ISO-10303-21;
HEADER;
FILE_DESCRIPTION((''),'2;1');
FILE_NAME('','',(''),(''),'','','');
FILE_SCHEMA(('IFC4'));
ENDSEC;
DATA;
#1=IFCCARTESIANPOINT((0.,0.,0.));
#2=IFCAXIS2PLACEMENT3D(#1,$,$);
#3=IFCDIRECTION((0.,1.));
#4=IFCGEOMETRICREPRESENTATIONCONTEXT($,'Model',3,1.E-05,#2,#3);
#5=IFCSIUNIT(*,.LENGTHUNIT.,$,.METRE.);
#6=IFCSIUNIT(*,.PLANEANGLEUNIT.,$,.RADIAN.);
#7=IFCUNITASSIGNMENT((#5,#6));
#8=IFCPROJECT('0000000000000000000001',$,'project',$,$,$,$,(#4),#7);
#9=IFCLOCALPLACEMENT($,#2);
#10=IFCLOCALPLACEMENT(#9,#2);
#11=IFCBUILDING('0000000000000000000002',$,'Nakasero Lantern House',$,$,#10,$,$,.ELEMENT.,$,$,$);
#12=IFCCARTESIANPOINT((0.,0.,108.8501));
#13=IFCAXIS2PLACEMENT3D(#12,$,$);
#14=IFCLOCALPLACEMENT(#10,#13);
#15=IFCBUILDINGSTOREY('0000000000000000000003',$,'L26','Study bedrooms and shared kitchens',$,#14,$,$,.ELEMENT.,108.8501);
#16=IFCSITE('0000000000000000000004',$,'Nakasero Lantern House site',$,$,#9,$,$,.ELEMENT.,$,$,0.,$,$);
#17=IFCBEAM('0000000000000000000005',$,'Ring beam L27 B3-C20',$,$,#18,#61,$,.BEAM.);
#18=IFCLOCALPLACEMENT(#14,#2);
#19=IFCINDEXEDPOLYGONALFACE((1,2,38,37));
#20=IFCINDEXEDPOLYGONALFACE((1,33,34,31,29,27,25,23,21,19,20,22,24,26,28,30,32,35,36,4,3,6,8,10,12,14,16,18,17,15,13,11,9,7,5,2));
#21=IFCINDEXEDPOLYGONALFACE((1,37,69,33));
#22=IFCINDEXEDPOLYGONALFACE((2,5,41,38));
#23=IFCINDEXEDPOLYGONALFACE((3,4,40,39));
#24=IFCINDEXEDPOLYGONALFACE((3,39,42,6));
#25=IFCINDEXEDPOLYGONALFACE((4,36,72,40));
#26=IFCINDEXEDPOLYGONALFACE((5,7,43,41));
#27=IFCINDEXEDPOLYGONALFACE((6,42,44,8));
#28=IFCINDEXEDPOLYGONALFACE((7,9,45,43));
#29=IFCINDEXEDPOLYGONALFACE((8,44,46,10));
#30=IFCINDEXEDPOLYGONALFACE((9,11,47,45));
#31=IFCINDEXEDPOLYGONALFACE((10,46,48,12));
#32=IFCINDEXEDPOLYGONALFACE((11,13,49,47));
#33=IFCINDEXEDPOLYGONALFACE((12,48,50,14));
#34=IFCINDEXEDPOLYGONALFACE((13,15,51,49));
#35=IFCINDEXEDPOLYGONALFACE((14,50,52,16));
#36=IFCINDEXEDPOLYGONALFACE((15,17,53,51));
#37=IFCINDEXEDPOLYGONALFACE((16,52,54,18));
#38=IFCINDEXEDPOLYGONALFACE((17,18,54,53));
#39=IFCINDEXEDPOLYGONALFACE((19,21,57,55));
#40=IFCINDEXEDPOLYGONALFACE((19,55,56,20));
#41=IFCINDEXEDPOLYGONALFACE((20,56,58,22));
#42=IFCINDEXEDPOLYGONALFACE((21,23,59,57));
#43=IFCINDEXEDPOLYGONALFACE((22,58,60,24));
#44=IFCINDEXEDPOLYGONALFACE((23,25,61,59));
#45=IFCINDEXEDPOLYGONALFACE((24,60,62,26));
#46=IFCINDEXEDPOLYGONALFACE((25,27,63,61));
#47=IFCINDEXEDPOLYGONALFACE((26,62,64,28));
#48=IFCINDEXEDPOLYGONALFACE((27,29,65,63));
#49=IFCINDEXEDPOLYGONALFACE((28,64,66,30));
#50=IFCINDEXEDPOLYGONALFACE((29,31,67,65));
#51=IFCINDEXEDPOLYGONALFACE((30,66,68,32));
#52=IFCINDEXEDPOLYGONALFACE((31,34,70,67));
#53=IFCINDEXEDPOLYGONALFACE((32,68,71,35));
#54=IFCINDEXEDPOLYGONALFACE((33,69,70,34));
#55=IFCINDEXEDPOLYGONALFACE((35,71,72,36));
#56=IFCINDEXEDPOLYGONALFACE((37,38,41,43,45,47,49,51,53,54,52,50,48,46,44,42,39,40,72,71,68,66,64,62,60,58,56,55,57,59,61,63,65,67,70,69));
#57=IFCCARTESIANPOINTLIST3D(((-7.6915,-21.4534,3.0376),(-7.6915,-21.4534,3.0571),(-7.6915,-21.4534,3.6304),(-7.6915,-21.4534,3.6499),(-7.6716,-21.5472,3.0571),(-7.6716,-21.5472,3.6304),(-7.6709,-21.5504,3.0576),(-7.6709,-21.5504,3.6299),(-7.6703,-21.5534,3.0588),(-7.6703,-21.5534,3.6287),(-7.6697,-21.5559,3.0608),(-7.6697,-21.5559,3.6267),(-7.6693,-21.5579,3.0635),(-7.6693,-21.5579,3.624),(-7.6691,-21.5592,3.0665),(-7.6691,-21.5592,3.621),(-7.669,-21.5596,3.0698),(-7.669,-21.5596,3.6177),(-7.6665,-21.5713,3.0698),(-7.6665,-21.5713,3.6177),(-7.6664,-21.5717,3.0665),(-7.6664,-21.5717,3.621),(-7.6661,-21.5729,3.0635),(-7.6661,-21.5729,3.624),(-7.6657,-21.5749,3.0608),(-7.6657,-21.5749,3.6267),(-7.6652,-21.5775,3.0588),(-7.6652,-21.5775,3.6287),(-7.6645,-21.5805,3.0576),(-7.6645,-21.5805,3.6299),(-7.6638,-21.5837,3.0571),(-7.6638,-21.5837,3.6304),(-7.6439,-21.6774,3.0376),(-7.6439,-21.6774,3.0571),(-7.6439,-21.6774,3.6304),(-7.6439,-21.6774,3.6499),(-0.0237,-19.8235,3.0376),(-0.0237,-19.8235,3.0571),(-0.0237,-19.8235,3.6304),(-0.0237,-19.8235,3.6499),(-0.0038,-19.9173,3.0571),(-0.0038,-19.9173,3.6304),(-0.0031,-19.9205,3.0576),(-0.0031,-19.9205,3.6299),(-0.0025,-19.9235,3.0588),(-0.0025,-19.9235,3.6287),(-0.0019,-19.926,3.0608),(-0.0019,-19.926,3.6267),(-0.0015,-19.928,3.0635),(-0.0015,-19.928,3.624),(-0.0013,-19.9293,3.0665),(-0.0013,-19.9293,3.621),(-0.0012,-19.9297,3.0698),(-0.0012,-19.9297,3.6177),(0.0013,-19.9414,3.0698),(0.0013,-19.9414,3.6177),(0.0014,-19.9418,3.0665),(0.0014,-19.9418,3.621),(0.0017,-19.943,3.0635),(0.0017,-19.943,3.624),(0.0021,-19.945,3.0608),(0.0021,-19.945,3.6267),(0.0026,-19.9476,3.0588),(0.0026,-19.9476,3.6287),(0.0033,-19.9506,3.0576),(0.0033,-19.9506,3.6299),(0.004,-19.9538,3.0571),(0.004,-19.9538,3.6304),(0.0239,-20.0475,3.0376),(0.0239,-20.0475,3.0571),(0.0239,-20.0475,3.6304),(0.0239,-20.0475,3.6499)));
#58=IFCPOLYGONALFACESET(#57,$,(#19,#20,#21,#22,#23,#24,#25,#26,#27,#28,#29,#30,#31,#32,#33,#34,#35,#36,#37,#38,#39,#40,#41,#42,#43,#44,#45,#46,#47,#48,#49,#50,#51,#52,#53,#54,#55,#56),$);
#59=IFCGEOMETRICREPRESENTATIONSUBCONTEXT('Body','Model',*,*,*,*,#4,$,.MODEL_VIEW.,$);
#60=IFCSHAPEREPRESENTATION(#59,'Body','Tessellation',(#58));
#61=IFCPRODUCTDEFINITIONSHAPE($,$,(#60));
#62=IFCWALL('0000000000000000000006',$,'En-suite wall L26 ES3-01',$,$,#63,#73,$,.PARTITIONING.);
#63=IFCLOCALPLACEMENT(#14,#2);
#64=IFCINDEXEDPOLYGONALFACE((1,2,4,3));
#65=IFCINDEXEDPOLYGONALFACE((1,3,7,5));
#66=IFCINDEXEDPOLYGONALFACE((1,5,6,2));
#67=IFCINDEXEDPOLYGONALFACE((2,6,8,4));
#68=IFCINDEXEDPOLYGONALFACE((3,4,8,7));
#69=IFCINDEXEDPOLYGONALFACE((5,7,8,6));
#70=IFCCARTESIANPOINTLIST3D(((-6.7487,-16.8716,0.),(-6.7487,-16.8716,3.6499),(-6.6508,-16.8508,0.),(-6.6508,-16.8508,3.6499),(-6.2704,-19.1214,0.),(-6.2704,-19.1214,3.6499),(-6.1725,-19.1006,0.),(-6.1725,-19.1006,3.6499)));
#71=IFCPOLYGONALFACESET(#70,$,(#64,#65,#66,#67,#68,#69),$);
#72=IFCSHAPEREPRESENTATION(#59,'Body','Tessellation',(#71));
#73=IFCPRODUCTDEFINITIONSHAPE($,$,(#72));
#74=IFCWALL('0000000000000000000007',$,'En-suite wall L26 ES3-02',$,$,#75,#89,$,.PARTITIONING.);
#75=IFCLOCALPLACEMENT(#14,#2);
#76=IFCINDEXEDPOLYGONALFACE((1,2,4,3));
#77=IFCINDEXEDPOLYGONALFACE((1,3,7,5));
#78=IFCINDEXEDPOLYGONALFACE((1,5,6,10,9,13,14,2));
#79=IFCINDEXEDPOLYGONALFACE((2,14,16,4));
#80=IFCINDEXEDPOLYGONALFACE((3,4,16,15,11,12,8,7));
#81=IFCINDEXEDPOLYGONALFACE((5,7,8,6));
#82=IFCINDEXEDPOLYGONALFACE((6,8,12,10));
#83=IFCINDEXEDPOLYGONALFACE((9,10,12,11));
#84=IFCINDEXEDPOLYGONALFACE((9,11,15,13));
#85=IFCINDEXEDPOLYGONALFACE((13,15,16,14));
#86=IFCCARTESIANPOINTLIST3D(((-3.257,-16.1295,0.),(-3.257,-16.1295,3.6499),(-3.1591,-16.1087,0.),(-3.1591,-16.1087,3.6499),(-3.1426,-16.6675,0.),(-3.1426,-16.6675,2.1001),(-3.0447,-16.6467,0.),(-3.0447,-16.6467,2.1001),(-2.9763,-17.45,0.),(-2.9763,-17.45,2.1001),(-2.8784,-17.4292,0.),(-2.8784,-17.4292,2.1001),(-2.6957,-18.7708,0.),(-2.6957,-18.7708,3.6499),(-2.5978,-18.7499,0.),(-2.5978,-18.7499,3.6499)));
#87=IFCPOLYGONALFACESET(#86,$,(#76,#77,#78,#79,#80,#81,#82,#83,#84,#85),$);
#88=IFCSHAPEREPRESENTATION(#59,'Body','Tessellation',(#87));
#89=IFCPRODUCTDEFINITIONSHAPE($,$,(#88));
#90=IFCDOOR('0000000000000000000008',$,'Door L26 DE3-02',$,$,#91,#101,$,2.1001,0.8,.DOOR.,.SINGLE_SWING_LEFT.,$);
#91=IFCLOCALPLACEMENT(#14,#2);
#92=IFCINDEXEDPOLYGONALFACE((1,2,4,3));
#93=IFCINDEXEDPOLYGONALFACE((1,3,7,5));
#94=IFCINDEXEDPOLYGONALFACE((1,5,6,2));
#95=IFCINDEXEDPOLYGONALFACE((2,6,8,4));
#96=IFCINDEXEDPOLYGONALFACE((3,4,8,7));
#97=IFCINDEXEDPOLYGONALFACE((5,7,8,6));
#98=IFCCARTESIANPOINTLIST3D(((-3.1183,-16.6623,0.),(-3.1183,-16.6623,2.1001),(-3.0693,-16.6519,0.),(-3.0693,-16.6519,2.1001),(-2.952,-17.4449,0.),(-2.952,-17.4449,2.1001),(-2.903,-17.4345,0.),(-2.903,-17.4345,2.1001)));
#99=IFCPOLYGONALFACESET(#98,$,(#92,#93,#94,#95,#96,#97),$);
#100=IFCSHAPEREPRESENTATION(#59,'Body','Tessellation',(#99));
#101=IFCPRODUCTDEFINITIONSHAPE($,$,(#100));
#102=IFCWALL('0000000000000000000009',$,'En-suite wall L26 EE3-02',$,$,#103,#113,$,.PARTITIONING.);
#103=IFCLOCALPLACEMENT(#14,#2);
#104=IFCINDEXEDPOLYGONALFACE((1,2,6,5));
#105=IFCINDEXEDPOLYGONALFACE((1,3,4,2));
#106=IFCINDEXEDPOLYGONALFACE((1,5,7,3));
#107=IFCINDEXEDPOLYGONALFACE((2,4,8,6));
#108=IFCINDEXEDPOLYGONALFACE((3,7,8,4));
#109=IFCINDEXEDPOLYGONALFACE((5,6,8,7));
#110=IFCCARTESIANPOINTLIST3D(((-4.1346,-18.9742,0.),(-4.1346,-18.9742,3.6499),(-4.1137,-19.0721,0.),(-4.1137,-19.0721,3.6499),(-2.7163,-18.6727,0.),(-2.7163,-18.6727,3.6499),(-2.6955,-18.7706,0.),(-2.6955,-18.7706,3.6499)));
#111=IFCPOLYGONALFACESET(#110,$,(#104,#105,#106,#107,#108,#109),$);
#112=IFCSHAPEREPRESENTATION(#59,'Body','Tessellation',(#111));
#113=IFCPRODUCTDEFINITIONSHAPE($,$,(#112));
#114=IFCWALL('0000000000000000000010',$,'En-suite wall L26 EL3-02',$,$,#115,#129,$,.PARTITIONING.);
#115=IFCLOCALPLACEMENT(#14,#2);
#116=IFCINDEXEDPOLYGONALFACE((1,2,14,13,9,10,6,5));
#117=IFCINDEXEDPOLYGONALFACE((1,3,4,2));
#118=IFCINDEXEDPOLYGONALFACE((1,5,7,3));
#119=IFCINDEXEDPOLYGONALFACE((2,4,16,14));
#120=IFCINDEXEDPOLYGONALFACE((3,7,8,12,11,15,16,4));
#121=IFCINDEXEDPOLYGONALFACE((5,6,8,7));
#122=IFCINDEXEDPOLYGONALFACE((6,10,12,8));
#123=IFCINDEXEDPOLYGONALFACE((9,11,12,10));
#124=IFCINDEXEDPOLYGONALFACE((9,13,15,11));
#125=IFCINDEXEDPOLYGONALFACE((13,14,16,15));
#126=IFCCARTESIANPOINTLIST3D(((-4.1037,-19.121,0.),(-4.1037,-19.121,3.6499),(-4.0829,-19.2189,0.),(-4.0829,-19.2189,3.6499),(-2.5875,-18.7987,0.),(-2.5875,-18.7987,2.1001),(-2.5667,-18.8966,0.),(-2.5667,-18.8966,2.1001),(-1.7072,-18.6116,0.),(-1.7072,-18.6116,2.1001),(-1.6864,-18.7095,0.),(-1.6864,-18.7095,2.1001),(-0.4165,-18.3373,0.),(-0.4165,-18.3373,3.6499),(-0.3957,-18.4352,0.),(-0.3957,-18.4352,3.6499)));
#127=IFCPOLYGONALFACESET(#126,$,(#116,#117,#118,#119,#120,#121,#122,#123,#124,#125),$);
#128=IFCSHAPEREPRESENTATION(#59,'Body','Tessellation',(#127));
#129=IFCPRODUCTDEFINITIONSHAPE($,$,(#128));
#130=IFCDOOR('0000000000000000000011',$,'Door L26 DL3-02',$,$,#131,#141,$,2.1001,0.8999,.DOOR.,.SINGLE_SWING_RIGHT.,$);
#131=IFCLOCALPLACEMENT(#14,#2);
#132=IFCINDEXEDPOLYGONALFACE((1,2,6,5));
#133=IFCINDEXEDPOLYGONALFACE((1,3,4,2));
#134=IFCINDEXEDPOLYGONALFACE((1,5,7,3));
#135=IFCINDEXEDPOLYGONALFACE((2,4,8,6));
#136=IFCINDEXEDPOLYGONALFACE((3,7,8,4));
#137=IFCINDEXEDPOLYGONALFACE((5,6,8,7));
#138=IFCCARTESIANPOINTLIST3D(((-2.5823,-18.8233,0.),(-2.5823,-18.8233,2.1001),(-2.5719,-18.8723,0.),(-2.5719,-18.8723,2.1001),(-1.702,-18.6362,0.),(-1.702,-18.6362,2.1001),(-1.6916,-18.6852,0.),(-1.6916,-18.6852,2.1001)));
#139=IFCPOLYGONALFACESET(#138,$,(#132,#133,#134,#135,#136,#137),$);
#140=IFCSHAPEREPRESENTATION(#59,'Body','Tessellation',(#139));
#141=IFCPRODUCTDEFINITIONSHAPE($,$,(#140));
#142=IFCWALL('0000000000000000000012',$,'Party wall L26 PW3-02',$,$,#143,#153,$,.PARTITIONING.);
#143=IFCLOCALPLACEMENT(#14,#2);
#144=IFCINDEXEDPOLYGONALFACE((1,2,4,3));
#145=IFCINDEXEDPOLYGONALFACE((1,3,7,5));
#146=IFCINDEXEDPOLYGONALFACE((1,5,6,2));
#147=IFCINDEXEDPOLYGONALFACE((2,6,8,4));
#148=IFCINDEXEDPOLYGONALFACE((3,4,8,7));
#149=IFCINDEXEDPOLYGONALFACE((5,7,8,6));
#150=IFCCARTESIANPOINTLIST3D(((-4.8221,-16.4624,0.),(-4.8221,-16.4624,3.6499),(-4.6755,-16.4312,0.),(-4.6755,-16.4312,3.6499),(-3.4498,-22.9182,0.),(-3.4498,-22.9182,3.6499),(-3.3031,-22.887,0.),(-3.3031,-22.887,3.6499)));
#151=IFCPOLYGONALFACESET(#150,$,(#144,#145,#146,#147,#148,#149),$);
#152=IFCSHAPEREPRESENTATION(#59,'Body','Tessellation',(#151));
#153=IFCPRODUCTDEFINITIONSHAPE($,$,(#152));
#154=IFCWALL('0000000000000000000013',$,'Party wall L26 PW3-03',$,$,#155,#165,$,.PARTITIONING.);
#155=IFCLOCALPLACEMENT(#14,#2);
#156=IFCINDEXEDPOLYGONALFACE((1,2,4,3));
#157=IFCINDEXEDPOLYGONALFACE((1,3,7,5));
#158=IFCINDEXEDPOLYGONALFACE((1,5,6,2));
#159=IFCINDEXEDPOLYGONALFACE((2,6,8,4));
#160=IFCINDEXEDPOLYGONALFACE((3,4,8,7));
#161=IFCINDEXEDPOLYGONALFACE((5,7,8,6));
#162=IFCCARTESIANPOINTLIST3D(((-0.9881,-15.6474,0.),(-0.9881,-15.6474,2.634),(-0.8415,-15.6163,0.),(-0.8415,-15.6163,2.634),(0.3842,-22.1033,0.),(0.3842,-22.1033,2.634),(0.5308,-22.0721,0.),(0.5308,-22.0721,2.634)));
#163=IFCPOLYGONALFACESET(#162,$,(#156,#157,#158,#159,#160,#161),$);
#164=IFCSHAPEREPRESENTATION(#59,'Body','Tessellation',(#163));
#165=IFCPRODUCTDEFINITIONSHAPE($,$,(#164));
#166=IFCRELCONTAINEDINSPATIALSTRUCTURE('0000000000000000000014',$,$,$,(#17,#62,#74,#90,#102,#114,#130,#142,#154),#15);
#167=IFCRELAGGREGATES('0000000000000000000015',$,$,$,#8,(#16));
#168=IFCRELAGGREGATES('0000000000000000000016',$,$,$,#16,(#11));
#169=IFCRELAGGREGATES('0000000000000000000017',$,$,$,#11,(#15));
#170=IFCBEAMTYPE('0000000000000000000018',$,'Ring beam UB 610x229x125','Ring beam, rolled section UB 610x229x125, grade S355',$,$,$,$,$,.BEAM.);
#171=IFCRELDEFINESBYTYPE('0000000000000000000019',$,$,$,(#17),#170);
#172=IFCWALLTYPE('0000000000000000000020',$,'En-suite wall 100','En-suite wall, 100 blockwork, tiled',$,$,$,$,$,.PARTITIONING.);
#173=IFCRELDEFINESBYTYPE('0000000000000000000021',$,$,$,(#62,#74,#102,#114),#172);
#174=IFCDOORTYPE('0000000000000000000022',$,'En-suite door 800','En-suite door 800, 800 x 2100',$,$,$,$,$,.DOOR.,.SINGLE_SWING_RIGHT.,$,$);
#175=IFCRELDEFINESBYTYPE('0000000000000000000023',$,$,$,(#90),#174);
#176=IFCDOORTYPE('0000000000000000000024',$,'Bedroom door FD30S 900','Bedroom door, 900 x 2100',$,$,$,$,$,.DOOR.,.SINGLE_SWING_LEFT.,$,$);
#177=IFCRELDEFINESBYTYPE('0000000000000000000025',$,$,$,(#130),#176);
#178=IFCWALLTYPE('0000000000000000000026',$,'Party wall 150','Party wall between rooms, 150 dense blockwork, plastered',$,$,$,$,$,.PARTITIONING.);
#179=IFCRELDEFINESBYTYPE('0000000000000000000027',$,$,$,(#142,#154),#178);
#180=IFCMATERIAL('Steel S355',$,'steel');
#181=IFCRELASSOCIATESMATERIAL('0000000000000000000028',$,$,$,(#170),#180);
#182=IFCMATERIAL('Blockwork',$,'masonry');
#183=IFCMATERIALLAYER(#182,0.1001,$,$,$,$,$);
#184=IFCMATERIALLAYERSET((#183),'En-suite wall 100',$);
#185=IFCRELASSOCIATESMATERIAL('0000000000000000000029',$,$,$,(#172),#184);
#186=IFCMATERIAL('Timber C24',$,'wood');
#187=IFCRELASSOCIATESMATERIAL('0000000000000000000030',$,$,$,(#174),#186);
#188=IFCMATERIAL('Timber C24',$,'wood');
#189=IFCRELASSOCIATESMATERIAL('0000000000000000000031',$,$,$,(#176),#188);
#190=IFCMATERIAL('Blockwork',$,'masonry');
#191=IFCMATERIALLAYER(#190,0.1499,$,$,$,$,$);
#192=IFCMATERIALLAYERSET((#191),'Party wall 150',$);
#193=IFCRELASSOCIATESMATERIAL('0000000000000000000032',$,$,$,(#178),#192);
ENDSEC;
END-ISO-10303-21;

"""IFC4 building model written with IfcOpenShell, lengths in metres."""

from ifc_helpers import new_model, si_unit, direction, frame, frame_2d, origin, origin_2d, place, context, subcontext, project, spatial, rectangle, i_section, extrude, material, layer, layer_set, material_profile, profile_set, type_object, element, fill, save


model = new_model("IFC4")

# Units and contexts
model_context = context("Model", 3, precision=1e-05, world=origin(), true_north=direction((0.0, 1.0)))
body_context = subcontext(model_context, "Body", "Model", "MODEL_VIEW")
ifc_project = project(units=[si_unit("LENGTHUNIT", "METRE"), si_unit("PLANEANGLEUNIT", "RADIAN")], contexts=[model_context])

# Site, building, storey
site_placement = place(None, origin())
site = spatial("IfcSite", under=ifc_project, at=site_placement, Name="Nakasero Lantern House site", CompositionType="ELEMENT", RefElevation=0.0)
building_placement = place(site_placement, origin())
building = spatial("IfcBuilding", under=site, at=building_placement, Name="Nakasero Lantern House", CompositionType="ELEMENT")
storey_placement = place(building_placement, frame((0.0, 0.0, 108.8501)))
storey = spatial("IfcBuildingStorey", under=building, at=storey_placement, Name="L26", Description="Study bedrooms and shared kitchens", CompositionType="ELEMENT", Elevation=108.8501)

# Beam
ifc_material_1 = material(Name="Steel S355", Category="steel")
ifc_material_profile_1 = material_profile(ifc_material_1, i_section(OverallWidth=0.229, OverallDepth=0.6123, WebThickness=0.012, FlangeThickness=0.0195, FilletRadius=0.0127, at=origin_2d()), Name="UB 610x229x125")
ifc_profile_set_1 = profile_set([ifc_material_profile_1], Name="Steel S355")
beam_type_1 = type_object("IfcBeamType", Name="Ring beam UB 610x229x125", Description="Ring beam, rolled section UB 610x229x125, grade S355", PredefinedType="BEAM", material=ifc_profile_set_1)
beam_1_placement = place(storey_placement, frame((-7.6677, -21.5654, 3.3438), z_axis=(0.978146, 0.207919, 0.0), x_axis=(-0.207919, 0.978146, 0.0)))
element("IfcBeam", 1, at=beam_1_placement, inside=storey, type_object=beam_type_1, Name="Ring beam L27 B3-C20", PredefinedType="BEAM", context=body_context, shape_type="SweptSolid", body=[
    extrude(i_section(OverallWidth=0.229, OverallDepth=0.6123, WebThickness=0.012, FlangeThickness=0.0195, FilletRadius=0.0127, at=origin_2d()), origin(), (0.0, 0.0, 1.0), 7.8391),
])

# Wall
ifc_material_2 = material(Name="Blockwork", Category="masonry")
ifc_layer_1 = layer(ifc_material_2, 0.1001)
ifc_layer_set_1 = layer_set([ifc_layer_1], Name="En-suite wall 100")
wall_type_1 = type_object("IfcWallType", Name="En-suite wall 100", Description="En-suite wall, 100 blockwork, tiled", PredefinedType="PARTITIONING", material=ifc_layer_set_1)
wall_1_placement = place(storey_placement, frame((-6.6997, -16.8613, 0.0), z_axis=(0.0, 0.0, 1.0), x_axis=(0.207941, -0.978141, 0.0)))
element("IfcWall", 2, at=wall_1_placement, inside=storey, type_object=wall_type_1, Name="En-suite wall L26 ES3-01", PredefinedType="PARTITIONING", context=body_context, shape_type="SweptSolid", body=[
    extrude(rectangle(XDim=2.3, YDim=0.1001, at=frame_2d((1.1499, 0.0))), origin(), (0.0, 0.0, 1.0), 3.6499),
])

# Wall, opening, door
wall_2_placement = place(storey_placement, frame((-3.208, -16.1191, 0.0), z_axis=(0.0, 0.0, 1.0), x_axis=(0.207874, -0.978156, 0.0)))
wall_2 = element("IfcWall", 3, at=wall_2_placement, inside=storey, type_object=wall_type_1, Name="En-suite wall L26 ES3-02", PredefinedType="PARTITIONING", context=body_context, shape_type="SweptSolid", body=[
    extrude(rectangle(XDim=2.7002, YDim=0.1001, at=frame_2d((1.3501, 0.0))), origin(), (0.0, 0.0, 1.0), 3.6499),
])
opening_1_placement = place(wall_2_placement, frame((0.55, 0.0, 0.0)))
opening_1 = element("IfcOpeningElement", 4, at=opening_1_placement, cuts=wall_2, PredefinedType="OPENING", context=body_context, shape_type="SweptSolid", body=[
    extrude(rectangle(XDim=0.8, YDim=2.1001, at=frame_2d((0.3999, 1.05))), frame((0.0, 0.0701, 0.0), z_axis=(0.0, -1.0, 0.0), x_axis=(1.0, 0.0, 0.0)), (0.0, 0.0, 1.0), 0.1401),
])
ifc_material_3 = material(Name="Timber C24", Category="wood")
door_type_1 = type_object("IfcDoorType", Name="En-suite door 800", Description="En-suite door 800, 800 x 2100", OperationType="SINGLE_SWING_RIGHT", PredefinedType="DOOR", material=ifc_material_3)
door_1_placement = place(opening_1_placement, origin())
door_1 = element("IfcDoor", 5, at=door_1_placement, inside=storey, type_object=door_type_1, Name="Door L26 DE3-02", OperationType="SINGLE_SWING_LEFT", OverallHeight=2.1001, OverallWidth=0.8, PredefinedType="DOOR", context=body_context, shape_type="SweptSolid", body=[
    extrude(rectangle(XDim=0.8, YDim=2.1001, at=frame_2d((0.3999, 1.05))), frame((0.0, 0.0249, 0.0), z_axis=(0.0, -1.0, 0.0), x_axis=(1.0, 0.0, 0.0)), (0.0, 0.0, 1.0), 0.05),
])
fill(opening_1, door_1)

# Wall
wall_3_placement = place(storey_placement, frame((-4.1243, -19.0232, 0.0), z_axis=(0.0, 0.0, 1.0), x_axis=(0.978139, 0.207953, 0.0)))
element("IfcWall", 6, at=wall_3_placement, inside=storey, type_object=wall_type_1, Name="En-suite wall L26 EE3-02", PredefinedType="PARTITIONING", context=body_context, shape_type="SweptSolid", body=[
    extrude(rectangle(XDim=1.45, YDim=0.1001, at=frame_2d((0.7251, 0.0))), origin(), (0.0, 0.0, 1.0), 3.6499),
])

# Wall, opening, door
wall_4_placement = place(storey_placement, frame((-4.0933, -19.1699, 0.0), z_axis=(0.0, 0.0, 1.0), x_axis=(0.978151, 0.207897, 0.0)))
wall_4 = element("IfcWall", 7, at=wall_4_placement, inside=storey, type_object=wall_type_1, Name="En-suite wall L26 EL3-02", PredefinedType="PARTITIONING", context=body_context, shape_type="SweptSolid", body=[
    extrude(rectangle(XDim=3.7695, YDim=0.1001, at=frame_2d((1.8848, 0.0))), origin(), (0.0, 0.0, 1.0), 3.6499),
])
opening_2_placement = place(wall_4_placement, frame((1.55, 0.0, 0.0)))
opening_2 = element("IfcOpeningElement", 8, at=opening_2_placement, cuts=wall_4, PredefinedType="OPENING", context=body_context, shape_type="SweptSolid", body=[
    extrude(rectangle(XDim=0.8999, YDim=2.1001, at=frame_2d((0.45, 1.05))), frame((0.0, 0.0701, 0.0), z_axis=(0.0, -1.0, 0.0), x_axis=(1.0, 0.0, 0.0)), (0.0, 0.0, 1.0), 0.1401),
])
ifc_material_4 = material(Name="Timber C24", Category="wood")
door_type_2 = type_object("IfcDoorType", Name="Bedroom door FD30S 900", Description="Bedroom door, 900 x 2100", OperationType="SINGLE_SWING_LEFT", PredefinedType="DOOR", material=ifc_material_4)
door_2_placement = place(opening_2_placement, origin())
door_2 = element("IfcDoor", 9, at=door_2_placement, inside=storey, type_object=door_type_2, Name="Door L26 DL3-02", OperationType="SINGLE_SWING_RIGHT", OverallHeight=2.1001, OverallWidth=0.8999, PredefinedType="DOOR", context=body_context, shape_type="SweptSolid", body=[
    extrude(rectangle(XDim=0.8999, YDim=2.1001, at=frame_2d((0.45, 1.05))), frame((0.0, 0.0249, 0.0), z_axis=(0.0, -1.0, 0.0), x_axis=(1.0, 0.0, 0.0)), (0.0, 0.0, 1.0), 0.05),
])
fill(opening_2, door_2)

# Walls
ifc_material_5 = material(Name="Blockwork", Category="masonry")
ifc_layer_2 = layer(ifc_material_5, 0.1499)
ifc_layer_set_2 = layer_set([ifc_layer_2], Name="Party wall 150")
wall_type_2 = type_object("IfcWallType", Name="Party wall 150", Description="Party wall between rooms, 150 dense blockwork, plastered", PredefinedType="PARTITIONING", material=ifc_layer_set_2)
wall_5_placement = place(storey_placement, frame((-4.7488, -16.4468, 0.0), z_axis=(0.0, 0.0, 1.0), x_axis=(0.207925, -0.978145, 0.0)))
element("IfcWall", 10, at=wall_5_placement, inside=storey, type_object=wall_type_2, Name="Party wall L26 PW3-02", PredefinedType="PARTITIONING", context=body_context, shape_type="SweptSolid", body=[
    extrude(rectangle(XDim=6.6001, YDim=0.1499, at=frame_2d((3.3, 0.0))), origin(), (0.0, 0.0, 1.0), 3.6499),
])
wall_6_placement = place(storey_placement, frame((-0.9148, -15.6318, 0.0), z_axis=(0.0, 0.0, 1.0), x_axis=(0.207925, -0.978145, 0.0)))
element("IfcWall", 11, at=wall_6_placement, inside=storey, type_object=wall_type_2, Name="Party wall L26 PW3-03", PredefinedType="PARTITIONING", context=body_context, shape_type="SweptSolid", body=[
    extrude(rectangle(XDim=6.6001, YDim=0.1499, at=frame_2d((3.3, 0.0))), origin(), (0.0, 0.0, 1.0), 2.634),
])

save(model, "model.ifc")
